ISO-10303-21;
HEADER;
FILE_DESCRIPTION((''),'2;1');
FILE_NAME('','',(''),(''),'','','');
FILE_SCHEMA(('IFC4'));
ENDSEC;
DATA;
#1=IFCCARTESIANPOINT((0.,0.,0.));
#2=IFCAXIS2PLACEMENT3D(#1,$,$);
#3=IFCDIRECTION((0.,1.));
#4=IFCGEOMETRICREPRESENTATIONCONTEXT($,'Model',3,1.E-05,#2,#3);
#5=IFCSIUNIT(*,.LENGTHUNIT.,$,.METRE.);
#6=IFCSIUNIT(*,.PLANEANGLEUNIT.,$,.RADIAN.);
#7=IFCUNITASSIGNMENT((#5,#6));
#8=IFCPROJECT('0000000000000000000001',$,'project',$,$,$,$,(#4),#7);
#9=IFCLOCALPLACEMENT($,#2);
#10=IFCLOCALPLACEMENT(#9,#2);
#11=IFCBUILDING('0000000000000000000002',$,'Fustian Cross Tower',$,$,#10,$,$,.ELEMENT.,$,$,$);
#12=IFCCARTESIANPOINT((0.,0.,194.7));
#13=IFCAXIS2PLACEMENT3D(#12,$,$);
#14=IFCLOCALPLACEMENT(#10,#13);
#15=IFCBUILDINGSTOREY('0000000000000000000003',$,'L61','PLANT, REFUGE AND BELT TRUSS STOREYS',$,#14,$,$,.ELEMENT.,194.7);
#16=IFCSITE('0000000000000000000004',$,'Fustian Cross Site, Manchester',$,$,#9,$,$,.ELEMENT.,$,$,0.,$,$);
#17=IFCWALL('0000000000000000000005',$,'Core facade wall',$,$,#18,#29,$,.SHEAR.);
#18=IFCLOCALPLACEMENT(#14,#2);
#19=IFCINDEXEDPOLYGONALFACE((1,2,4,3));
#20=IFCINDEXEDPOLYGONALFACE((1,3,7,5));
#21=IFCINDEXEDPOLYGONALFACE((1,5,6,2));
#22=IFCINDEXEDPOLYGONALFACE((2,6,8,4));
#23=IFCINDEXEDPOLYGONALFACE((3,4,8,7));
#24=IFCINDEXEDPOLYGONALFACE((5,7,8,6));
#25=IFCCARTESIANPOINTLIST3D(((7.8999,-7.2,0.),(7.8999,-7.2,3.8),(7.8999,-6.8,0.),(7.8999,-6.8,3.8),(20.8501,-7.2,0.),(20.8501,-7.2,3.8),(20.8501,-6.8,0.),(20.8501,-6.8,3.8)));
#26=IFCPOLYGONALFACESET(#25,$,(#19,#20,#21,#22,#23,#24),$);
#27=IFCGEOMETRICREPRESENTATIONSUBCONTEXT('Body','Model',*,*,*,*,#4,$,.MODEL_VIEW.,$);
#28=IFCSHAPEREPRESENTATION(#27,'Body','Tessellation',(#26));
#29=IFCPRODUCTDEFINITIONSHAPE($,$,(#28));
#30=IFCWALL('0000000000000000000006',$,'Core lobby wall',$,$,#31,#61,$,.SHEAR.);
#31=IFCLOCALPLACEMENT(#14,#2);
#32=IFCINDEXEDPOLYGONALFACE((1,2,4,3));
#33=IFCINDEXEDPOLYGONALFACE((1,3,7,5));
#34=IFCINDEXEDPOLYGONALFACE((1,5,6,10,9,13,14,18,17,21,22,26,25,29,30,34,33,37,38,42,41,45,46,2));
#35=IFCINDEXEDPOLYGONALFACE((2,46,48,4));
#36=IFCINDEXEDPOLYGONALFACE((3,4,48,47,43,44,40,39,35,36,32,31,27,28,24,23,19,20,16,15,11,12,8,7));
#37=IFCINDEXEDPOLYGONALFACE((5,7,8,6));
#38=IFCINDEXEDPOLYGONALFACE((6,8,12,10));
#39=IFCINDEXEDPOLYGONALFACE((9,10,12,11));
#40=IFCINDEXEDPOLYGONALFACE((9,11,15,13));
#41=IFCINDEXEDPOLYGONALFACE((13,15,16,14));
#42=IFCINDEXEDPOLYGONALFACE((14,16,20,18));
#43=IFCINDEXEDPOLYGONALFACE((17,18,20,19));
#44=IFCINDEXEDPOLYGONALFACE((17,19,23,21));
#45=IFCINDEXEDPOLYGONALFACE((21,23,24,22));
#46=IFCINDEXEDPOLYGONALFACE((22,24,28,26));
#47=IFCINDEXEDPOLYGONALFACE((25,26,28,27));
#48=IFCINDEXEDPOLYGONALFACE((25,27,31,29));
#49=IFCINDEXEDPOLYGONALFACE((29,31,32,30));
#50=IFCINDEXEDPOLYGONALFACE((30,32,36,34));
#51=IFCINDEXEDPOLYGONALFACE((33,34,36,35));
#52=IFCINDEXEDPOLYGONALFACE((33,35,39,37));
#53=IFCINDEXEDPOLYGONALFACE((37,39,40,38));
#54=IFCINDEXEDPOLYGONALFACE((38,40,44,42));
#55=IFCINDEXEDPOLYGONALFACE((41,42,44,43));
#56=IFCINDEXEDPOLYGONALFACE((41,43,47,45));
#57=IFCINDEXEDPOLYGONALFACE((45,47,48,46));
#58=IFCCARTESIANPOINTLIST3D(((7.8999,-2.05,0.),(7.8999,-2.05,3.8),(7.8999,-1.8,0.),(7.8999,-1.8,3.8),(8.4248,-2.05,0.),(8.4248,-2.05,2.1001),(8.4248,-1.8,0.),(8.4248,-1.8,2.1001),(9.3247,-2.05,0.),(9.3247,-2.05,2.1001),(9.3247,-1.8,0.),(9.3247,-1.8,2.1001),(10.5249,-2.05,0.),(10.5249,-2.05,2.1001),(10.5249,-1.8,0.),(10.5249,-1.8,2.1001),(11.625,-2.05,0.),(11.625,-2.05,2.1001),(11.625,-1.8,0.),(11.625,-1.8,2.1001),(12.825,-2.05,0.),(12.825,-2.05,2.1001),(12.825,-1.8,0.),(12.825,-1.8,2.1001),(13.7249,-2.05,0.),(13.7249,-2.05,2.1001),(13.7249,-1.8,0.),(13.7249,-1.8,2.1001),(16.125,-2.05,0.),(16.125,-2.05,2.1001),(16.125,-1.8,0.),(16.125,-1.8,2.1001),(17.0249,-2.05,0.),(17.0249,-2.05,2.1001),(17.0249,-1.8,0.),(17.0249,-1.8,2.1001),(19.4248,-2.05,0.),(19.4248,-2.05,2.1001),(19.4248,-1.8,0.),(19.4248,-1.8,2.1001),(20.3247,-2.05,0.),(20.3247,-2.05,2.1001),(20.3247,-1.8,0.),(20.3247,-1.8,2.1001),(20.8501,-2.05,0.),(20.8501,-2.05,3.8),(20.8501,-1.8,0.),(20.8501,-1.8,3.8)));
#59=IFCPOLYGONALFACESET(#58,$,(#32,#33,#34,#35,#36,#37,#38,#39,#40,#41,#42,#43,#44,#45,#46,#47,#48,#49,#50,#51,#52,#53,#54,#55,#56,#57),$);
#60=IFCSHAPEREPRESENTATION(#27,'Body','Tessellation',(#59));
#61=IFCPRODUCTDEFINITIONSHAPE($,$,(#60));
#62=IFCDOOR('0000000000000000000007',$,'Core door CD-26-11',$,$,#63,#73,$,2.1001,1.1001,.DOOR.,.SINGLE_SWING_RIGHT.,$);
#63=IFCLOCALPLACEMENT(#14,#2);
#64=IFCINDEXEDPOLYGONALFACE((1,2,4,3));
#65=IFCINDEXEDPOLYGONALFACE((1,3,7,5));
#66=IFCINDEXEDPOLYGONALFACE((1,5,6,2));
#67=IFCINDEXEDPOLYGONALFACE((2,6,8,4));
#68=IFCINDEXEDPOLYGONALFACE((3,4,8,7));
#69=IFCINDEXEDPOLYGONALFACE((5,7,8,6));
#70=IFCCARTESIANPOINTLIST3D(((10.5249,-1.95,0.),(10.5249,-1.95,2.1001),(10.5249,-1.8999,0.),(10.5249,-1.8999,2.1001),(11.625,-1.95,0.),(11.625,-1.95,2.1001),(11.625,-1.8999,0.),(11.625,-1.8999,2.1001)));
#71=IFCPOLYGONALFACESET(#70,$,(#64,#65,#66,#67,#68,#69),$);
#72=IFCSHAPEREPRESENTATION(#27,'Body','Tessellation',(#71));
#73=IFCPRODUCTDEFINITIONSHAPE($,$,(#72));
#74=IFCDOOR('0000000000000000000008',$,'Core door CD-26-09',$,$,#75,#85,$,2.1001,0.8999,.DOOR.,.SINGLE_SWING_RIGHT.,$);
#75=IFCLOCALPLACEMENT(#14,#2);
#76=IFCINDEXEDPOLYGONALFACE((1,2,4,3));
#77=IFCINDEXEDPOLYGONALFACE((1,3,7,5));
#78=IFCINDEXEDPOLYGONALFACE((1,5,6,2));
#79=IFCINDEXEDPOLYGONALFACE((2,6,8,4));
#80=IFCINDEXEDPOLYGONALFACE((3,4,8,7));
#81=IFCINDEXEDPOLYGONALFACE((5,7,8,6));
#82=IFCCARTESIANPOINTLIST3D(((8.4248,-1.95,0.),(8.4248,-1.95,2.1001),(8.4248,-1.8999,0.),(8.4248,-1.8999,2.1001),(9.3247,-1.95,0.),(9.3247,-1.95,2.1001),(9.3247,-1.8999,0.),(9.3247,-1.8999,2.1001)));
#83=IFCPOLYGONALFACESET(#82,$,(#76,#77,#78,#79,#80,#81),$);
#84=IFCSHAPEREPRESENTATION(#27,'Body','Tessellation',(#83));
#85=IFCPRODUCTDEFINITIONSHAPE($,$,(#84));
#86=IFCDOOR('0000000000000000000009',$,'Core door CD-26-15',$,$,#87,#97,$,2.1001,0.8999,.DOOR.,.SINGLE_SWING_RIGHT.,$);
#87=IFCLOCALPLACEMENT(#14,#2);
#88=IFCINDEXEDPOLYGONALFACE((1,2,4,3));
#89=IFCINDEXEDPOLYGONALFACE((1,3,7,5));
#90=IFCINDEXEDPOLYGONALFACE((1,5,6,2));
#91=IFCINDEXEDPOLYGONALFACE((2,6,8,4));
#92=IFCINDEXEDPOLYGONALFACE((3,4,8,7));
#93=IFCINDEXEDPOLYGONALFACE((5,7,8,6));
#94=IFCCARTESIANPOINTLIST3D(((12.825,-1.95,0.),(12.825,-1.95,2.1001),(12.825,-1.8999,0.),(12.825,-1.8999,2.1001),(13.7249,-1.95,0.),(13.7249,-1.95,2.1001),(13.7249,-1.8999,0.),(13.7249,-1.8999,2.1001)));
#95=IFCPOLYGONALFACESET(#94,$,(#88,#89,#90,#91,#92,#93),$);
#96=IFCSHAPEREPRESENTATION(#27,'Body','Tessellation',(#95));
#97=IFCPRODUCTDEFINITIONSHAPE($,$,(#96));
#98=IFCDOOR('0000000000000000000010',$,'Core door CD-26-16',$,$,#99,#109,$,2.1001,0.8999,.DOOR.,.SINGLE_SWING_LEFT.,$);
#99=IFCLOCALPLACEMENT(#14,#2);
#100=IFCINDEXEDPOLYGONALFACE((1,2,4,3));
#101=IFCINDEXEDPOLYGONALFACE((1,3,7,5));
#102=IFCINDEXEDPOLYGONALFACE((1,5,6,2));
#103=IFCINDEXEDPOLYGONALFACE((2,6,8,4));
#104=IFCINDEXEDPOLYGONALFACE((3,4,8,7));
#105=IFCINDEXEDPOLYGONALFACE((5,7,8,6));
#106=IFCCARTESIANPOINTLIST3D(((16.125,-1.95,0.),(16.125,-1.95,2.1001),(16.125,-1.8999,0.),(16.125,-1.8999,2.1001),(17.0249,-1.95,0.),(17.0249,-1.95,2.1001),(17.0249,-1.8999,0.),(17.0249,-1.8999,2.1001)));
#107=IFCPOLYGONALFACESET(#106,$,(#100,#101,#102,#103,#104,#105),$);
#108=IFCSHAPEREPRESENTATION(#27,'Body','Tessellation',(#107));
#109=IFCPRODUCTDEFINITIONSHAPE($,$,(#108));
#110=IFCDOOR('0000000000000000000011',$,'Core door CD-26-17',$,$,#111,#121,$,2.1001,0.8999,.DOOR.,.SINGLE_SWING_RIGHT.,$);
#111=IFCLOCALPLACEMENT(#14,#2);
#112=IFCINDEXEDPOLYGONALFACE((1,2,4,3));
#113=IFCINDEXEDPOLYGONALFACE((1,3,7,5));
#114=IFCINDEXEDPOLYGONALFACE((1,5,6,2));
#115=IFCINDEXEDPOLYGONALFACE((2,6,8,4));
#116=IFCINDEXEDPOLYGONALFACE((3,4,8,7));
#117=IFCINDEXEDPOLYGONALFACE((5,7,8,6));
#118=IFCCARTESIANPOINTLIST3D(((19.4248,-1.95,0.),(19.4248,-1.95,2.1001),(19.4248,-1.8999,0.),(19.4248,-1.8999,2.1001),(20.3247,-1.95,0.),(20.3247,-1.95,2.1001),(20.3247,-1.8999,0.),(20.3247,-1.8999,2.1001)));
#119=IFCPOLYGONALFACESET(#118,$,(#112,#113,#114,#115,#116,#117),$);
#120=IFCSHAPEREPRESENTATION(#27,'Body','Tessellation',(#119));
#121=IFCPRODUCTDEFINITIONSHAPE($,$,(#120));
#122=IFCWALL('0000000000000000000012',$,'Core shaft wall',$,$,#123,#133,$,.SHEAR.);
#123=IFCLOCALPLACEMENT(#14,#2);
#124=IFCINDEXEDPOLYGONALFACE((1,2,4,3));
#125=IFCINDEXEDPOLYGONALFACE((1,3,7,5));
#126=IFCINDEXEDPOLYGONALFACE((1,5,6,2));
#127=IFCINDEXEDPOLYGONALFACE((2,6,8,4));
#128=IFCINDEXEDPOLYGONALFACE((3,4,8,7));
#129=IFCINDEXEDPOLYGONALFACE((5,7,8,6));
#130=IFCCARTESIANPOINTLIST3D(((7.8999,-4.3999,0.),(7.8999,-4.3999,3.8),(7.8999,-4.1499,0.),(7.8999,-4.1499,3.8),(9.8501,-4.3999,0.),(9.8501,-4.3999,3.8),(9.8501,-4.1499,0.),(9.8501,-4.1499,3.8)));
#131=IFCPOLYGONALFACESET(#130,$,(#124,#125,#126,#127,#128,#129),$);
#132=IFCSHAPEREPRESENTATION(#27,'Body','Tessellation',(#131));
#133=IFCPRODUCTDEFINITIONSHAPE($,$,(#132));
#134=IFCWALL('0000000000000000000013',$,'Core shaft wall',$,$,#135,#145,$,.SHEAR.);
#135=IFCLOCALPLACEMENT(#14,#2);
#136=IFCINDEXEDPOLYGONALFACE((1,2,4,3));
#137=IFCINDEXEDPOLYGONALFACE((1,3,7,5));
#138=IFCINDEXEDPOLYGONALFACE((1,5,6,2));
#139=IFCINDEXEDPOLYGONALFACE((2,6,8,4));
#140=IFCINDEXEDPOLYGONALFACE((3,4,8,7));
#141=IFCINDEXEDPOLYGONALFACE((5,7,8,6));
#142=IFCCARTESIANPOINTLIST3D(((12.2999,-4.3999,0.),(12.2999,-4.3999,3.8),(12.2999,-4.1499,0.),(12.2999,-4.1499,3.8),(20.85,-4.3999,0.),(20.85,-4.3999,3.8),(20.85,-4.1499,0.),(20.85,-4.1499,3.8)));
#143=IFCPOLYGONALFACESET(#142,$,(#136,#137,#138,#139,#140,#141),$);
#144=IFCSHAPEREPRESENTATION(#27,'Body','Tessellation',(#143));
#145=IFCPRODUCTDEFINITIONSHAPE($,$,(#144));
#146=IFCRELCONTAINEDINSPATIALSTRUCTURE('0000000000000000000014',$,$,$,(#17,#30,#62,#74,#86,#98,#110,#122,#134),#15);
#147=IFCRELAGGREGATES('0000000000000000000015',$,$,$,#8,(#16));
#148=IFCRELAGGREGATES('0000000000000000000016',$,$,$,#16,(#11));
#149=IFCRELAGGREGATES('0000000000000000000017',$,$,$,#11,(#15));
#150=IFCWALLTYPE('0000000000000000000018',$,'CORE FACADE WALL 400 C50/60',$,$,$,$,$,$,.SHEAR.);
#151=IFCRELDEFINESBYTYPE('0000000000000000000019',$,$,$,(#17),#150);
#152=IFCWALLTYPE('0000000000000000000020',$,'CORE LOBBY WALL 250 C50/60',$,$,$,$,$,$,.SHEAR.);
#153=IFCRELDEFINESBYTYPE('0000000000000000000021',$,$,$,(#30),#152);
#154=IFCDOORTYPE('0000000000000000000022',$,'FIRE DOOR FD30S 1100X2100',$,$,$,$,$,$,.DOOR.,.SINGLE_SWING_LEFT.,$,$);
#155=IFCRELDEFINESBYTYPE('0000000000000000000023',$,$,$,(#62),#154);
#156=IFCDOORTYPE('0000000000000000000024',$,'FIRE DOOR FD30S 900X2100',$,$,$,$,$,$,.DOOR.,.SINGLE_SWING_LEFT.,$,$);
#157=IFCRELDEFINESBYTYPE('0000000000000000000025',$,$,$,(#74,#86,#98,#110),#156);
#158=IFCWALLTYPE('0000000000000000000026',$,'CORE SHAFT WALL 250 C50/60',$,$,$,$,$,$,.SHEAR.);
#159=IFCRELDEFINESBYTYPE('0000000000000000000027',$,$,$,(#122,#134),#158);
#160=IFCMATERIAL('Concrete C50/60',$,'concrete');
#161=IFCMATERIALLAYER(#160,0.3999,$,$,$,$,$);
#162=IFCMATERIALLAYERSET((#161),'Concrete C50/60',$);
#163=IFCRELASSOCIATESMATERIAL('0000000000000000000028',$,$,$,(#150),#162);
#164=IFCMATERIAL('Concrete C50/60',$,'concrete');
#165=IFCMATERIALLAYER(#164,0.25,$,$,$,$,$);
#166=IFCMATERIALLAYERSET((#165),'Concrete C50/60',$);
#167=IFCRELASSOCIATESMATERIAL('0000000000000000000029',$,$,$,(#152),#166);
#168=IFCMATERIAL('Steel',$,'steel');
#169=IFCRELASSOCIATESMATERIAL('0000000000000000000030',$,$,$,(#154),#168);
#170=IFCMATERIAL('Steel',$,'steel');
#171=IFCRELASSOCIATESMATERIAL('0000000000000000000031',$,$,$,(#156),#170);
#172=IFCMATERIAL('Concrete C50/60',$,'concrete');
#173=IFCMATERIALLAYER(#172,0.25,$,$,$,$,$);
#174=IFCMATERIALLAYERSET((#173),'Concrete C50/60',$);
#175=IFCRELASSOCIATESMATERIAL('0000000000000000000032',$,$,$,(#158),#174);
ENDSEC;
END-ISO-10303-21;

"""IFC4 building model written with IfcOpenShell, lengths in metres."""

from ifc_helpers import new_model, si_unit, direction, frame, frame_2d, origin, place, context, subcontext, project, spatial, rectangle, extrude, material, layer, layer_set, type_object, element, fill, save


model = new_model("IFC4")

# Units and contexts
model_context = context("Model", 3, precision=1e-05, world=origin(), true_north=direction((0.0, 1.0)))
body_context = subcontext(model_context, "Body", "Model", "MODEL_VIEW")
ifc_project = project(units=[si_unit("LENGTHUNIT", "METRE"), si_unit("PLANEANGLEUNIT", "RADIAN")], contexts=[model_context])

# Site, building, storey
site_placement = place(None, origin())
site = spatial("IfcSite", under=ifc_project, at=site_placement, Name="Fustian Cross Site, Manchester", CompositionType="ELEMENT", RefElevation=0.0)
building_placement = place(site_placement, origin())
building = spatial("IfcBuilding", under=site, at=building_placement, Name="Fustian Cross Tower", CompositionType="ELEMENT")
storey_placement = place(building_placement, frame((0.0, 0.0, 194.7)))
storey = spatial("IfcBuildingStorey", under=building, at=storey_placement, Name="L61", Description="PLANT, REFUGE AND BELT TRUSS STOREYS", CompositionType="ELEMENT", Elevation=194.7)

# Wall
ifc_material_1 = material(Name="Concrete C50/60", Category="concrete")
ifc_layer_1 = layer(ifc_material_1, 0.3999)
ifc_layer_set_1 = layer_set([ifc_layer_1], Name="Concrete C50/60")
wall_type_1 = type_object("IfcWallType", Name="CORE FACADE WALL 400 C50/60", PredefinedType="SHEAR", material=ifc_layer_set_1)
wall_1_placement = place(storey_placement, frame((7.8999, -7.0, 0.0), z_axis=(0.0, 0.0, 1.0), x_axis=(1.0, 0.0, 0.0)))
element("IfcWall", 1, at=wall_1_placement, inside=storey, type_object=wall_type_1, Name="Core facade wall", PredefinedType="SHEAR", context=body_context, shape_type="SweptSolid", body=[
    extrude(rectangle(XDim=12.9502, YDim=0.3999, at=frame_2d((6.4751, 0.0))), origin(), (0.0, 0.0, 1.0), 3.8),
])

# Wall, openings, doors
ifc_material_2 = material(Name="Concrete C50/60", Category="concrete")
ifc_layer_2 = layer(ifc_material_2, 0.25)
ifc_layer_set_2 = layer_set([ifc_layer_2], Name="Concrete C50/60")
wall_type_2 = type_object("IfcWallType", Name="CORE LOBBY WALL 250 C50/60", PredefinedType="SHEAR", material=ifc_layer_set_2)
wall_2_placement = place(storey_placement, frame((7.8999, -1.925, 0.0), z_axis=(0.0, 0.0, 1.0), x_axis=(1.0, 0.0, 0.0)))
wall_2 = element("IfcWall", 2, at=wall_2_placement, inside=storey, type_object=wall_type_2, Name="Core lobby wall", PredefinedType="SHEAR", context=body_context, shape_type="SweptSolid", body=[
    extrude(rectangle(XDim=12.9502, YDim=0.25, at=frame_2d((6.4751, 0.0))), origin(), (0.0, 0.0, 1.0), 3.8),
])
opening_1_placement = place(wall_2_placement, frame((0.5249, 0.0, 0.0)))
opening_1 = element("IfcOpeningElement", 3, at=opening_1_placement, cuts=wall_2, PredefinedType="OPENING", context=body_context, shape_type="SweptSolid", body=[
    extrude(rectangle(XDim=0.8999, YDim=2.1001, at=frame_2d((0.45, 1.05))), frame((0.0, 0.135, 0.0), z_axis=(0.0, -1.0, 0.0), x_axis=(1.0, 0.0, 0.0)), (0.0, 0.0, 1.0), 0.27),
])
opening_2_placement = place(wall_2_placement, frame((2.625, 0.0, 0.0)))
opening_2 = element("IfcOpeningElement", 4, at=opening_2_placement, cuts=wall_2, PredefinedType="OPENING", context=body_context, shape_type="SweptSolid", body=[
    extrude(rectangle(XDim=1.1001, YDim=2.1001, at=frame_2d((0.55, 1.05))), frame((0.0, 0.135, 0.0), z_axis=(0.0, -1.0, 0.0), x_axis=(1.0, 0.0, 0.0)), (0.0, 0.0, 1.0), 0.27),
])
opening_3_placement = place(wall_2_placement, frame((4.925, 0.0, 0.0)))
opening_3 = element("IfcOpeningElement", 5, at=opening_3_placement, cuts=wall_2, PredefinedType="OPENING", context=body_context, shape_type="SweptSolid", body=[
    extrude(rectangle(XDim=0.8999, YDim=2.1001, at=frame_2d((0.45, 1.05))), frame((0.0, 0.135, 0.0), z_axis=(0.0, -1.0, 0.0), x_axis=(1.0, 0.0, 0.0)), (0.0, 0.0, 1.0), 0.27),
])
opening_4_placement = place(wall_2_placement, frame((8.2251, 0.0, 0.0)))
opening_4 = element("IfcOpeningElement", 6, at=opening_4_placement, cuts=wall_2, PredefinedType="OPENING", context=body_context, shape_type="SweptSolid", body=[
    extrude(rectangle(XDim=0.8999, YDim=2.1001, at=frame_2d((0.45, 1.05))), frame((0.0, 0.135, 0.0), z_axis=(0.0, -1.0, 0.0), x_axis=(1.0, 0.0, 0.0)), (0.0, 0.0, 1.0), 0.27),
])
opening_5_placement = place(wall_2_placement, frame((11.5249, 0.0, 0.0)))
opening_5 = element("IfcOpeningElement", 7, at=opening_5_placement, cuts=wall_2, PredefinedType="OPENING", context=body_context, shape_type="SweptSolid", body=[
    extrude(rectangle(XDim=0.8999, YDim=2.1001, at=frame_2d((0.45, 1.05))), frame((0.0, 0.135, 0.0), z_axis=(0.0, -1.0, 0.0), x_axis=(1.0, 0.0, 0.0)), (0.0, 0.0, 1.0), 0.27),
])
ifc_material_3 = material(Name="Steel", Category="steel")
door_type_1 = type_object("IfcDoorType", Name="FIRE DOOR FD30S 1100X2100", OperationType="SINGLE_SWING_LEFT", PredefinedType="DOOR", material=ifc_material_3)
door_1_placement = place(opening_2_placement, frame((1.1001, 0.0, 0.0), z_axis=(0.0, 0.0, 1.0), x_axis=(-1.0, 0.0, 0.0)))
door_1 = element("IfcDoor", 8, at=door_1_placement, inside=storey, type_object=door_type_1, Name="Core door CD-26-11", OperationType="SINGLE_SWING_RIGHT", OverallHeight=2.1001, OverallWidth=1.1001, PredefinedType="DOOR", context=body_context, shape_type="SweptSolid", body=[
    extrude(rectangle(XDim=1.1001, YDim=2.1001, at=frame_2d((0.55, 1.05))), frame((0.0, 0.0249, 0.0), z_axis=(0.0, -1.0, 0.0), x_axis=(1.0, 0.0, 0.0)), (0.0, 0.0, 1.0), 0.05),
])
fill(opening_2, door_1)
ifc_material_4 = material(Name="Steel", Category="steel")
door_type_2 = type_object("IfcDoorType", Name="FIRE DOOR FD30S 900X2100", OperationType="SINGLE_SWING_LEFT", PredefinedType="DOOR", material=ifc_material_4)
door_2_placement = place(opening_1_placement, frame((0.8999, 0.0, 0.0), z_axis=(0.0, 0.0, 1.0), x_axis=(-1.0, 0.0, 0.0)))
door_2 = element("IfcDoor", 9, at=door_2_placement, inside=storey, type_object=door_type_2, Name="Core door CD-26-09", OperationType="SINGLE_SWING_RIGHT", OverallHeight=2.1001, OverallWidth=0.8999, PredefinedType="DOOR", context=body_context, shape_type="SweptSolid", body=[
    extrude(rectangle(XDim=0.8999, YDim=2.1001, at=frame_2d((0.45, 1.05))), frame((0.0, 0.0249, 0.0), z_axis=(0.0, -1.0, 0.0), x_axis=(1.0, 0.0, 0.0)), (0.0, 0.0, 1.0), 0.05),
])
fill(opening_1, door_2)
door_3_placement = place(opening_3_placement, frame((0.8999, 0.0, 0.0), z_axis=(0.0, 0.0, 1.0), x_axis=(-1.0, 0.0, 0.0)))
door_3 = element("IfcDoor", 10, at=door_3_placement, inside=storey, type_object=door_type_2, Name="Core door CD-26-15", OperationType="SINGLE_SWING_RIGHT", OverallHeight=2.1001, OverallWidth=0.8999, PredefinedType="DOOR", context=body_context, shape_type="SweptSolid", body=[
    extrude(rectangle(XDim=0.8999, YDim=2.1001, at=frame_2d((0.45, 1.05))), frame((0.0, 0.0249, 0.0), z_axis=(0.0, -1.0, 0.0), x_axis=(1.0, 0.0, 0.0)), (0.0, 0.0, 1.0), 0.05),
])
fill(opening_3, door_3)
door_4_placement = place(opening_4_placement, frame((0.8999, 0.0, 0.0), z_axis=(0.0, 0.0, 1.0), x_axis=(-1.0, 0.0, 0.0)))
door_4 = element("IfcDoor", 11, at=door_4_placement, inside=storey, type_object=door_type_2, Name="Core door CD-26-16", OperationType="SINGLE_SWING_LEFT", OverallHeight=2.1001, OverallWidth=0.8999, PredefinedType="DOOR", context=body_context, shape_type="SweptSolid", body=[
    extrude(rectangle(XDim=0.8999, YDim=2.1001, at=frame_2d((0.45, 1.05))), frame((0.0, 0.0249, 0.0), z_axis=(0.0, -1.0, 0.0), x_axis=(1.0, 0.0, 0.0)), (0.0, 0.0, 1.0), 0.05),
])
fill(opening_4, door_4)
door_5_placement = place(opening_5_placement, frame((0.8999, 0.0, 0.0), z_axis=(0.0, 0.0, 1.0), x_axis=(-1.0, 0.0, 0.0)))
door_5 = element("IfcDoor", 12, at=door_5_placement, inside=storey, type_object=door_type_2, Name="Core door CD-26-17", OperationType="SINGLE_SWING_RIGHT", OverallHeight=2.1001, OverallWidth=0.8999, PredefinedType="DOOR", context=body_context, shape_type="SweptSolid", body=[
    extrude(rectangle(XDim=0.8999, YDim=2.1001, at=frame_2d((0.45, 1.05))), frame((0.0, 0.0249, 0.0), z_axis=(0.0, -1.0, 0.0), x_axis=(1.0, 0.0, 0.0)), (0.0, 0.0, 1.0), 0.05),
])
fill(opening_5, door_5)

# Walls
ifc_material_5 = material(Name="Concrete C50/60", Category="concrete")
ifc_layer_3 = layer(ifc_material_5, 0.25)
ifc_layer_set_3 = layer_set([ifc_layer_3], Name="Concrete C50/60")
wall_type_3 = type_object("IfcWallType", Name="CORE SHAFT WALL 250 C50/60", PredefinedType="SHEAR", material=ifc_layer_set_3)
wall_3_placement = place(storey_placement, frame((7.8999, -4.2749, 0.0), z_axis=(0.0, 0.0, 1.0), x_axis=(1.0, 0.0, 0.0)))
element("IfcWall", 13, at=wall_3_placement, inside=storey, type_object=wall_type_3, Name="Core shaft wall", PredefinedType="SHEAR", context=body_context, shape_type="SweptSolid", body=[
    extrude(rectangle(XDim=1.9502, YDim=0.25, at=frame_2d((0.9751, 0.0))), origin(), (0.0, 0.0, 1.0), 3.8),
])
wall_4_placement = place(storey_placement, frame((12.3, -4.2749, 0.0), z_axis=(0.0, 0.0, 1.0), x_axis=(1.0, 0.0, 0.0)))
element("IfcWall", 14, at=wall_4_placement, inside=storey, type_object=wall_type_3, Name="Core shaft wall", PredefinedType="SHEAR", context=body_context, shape_type="SweptSolid", body=[
    extrude(rectangle(XDim=8.55, YDim=0.25, at=frame_2d((4.2749, 0.0))), origin(), (0.0, 0.0, 1.0), 3.8),
])

save(model, "model.ifc")
